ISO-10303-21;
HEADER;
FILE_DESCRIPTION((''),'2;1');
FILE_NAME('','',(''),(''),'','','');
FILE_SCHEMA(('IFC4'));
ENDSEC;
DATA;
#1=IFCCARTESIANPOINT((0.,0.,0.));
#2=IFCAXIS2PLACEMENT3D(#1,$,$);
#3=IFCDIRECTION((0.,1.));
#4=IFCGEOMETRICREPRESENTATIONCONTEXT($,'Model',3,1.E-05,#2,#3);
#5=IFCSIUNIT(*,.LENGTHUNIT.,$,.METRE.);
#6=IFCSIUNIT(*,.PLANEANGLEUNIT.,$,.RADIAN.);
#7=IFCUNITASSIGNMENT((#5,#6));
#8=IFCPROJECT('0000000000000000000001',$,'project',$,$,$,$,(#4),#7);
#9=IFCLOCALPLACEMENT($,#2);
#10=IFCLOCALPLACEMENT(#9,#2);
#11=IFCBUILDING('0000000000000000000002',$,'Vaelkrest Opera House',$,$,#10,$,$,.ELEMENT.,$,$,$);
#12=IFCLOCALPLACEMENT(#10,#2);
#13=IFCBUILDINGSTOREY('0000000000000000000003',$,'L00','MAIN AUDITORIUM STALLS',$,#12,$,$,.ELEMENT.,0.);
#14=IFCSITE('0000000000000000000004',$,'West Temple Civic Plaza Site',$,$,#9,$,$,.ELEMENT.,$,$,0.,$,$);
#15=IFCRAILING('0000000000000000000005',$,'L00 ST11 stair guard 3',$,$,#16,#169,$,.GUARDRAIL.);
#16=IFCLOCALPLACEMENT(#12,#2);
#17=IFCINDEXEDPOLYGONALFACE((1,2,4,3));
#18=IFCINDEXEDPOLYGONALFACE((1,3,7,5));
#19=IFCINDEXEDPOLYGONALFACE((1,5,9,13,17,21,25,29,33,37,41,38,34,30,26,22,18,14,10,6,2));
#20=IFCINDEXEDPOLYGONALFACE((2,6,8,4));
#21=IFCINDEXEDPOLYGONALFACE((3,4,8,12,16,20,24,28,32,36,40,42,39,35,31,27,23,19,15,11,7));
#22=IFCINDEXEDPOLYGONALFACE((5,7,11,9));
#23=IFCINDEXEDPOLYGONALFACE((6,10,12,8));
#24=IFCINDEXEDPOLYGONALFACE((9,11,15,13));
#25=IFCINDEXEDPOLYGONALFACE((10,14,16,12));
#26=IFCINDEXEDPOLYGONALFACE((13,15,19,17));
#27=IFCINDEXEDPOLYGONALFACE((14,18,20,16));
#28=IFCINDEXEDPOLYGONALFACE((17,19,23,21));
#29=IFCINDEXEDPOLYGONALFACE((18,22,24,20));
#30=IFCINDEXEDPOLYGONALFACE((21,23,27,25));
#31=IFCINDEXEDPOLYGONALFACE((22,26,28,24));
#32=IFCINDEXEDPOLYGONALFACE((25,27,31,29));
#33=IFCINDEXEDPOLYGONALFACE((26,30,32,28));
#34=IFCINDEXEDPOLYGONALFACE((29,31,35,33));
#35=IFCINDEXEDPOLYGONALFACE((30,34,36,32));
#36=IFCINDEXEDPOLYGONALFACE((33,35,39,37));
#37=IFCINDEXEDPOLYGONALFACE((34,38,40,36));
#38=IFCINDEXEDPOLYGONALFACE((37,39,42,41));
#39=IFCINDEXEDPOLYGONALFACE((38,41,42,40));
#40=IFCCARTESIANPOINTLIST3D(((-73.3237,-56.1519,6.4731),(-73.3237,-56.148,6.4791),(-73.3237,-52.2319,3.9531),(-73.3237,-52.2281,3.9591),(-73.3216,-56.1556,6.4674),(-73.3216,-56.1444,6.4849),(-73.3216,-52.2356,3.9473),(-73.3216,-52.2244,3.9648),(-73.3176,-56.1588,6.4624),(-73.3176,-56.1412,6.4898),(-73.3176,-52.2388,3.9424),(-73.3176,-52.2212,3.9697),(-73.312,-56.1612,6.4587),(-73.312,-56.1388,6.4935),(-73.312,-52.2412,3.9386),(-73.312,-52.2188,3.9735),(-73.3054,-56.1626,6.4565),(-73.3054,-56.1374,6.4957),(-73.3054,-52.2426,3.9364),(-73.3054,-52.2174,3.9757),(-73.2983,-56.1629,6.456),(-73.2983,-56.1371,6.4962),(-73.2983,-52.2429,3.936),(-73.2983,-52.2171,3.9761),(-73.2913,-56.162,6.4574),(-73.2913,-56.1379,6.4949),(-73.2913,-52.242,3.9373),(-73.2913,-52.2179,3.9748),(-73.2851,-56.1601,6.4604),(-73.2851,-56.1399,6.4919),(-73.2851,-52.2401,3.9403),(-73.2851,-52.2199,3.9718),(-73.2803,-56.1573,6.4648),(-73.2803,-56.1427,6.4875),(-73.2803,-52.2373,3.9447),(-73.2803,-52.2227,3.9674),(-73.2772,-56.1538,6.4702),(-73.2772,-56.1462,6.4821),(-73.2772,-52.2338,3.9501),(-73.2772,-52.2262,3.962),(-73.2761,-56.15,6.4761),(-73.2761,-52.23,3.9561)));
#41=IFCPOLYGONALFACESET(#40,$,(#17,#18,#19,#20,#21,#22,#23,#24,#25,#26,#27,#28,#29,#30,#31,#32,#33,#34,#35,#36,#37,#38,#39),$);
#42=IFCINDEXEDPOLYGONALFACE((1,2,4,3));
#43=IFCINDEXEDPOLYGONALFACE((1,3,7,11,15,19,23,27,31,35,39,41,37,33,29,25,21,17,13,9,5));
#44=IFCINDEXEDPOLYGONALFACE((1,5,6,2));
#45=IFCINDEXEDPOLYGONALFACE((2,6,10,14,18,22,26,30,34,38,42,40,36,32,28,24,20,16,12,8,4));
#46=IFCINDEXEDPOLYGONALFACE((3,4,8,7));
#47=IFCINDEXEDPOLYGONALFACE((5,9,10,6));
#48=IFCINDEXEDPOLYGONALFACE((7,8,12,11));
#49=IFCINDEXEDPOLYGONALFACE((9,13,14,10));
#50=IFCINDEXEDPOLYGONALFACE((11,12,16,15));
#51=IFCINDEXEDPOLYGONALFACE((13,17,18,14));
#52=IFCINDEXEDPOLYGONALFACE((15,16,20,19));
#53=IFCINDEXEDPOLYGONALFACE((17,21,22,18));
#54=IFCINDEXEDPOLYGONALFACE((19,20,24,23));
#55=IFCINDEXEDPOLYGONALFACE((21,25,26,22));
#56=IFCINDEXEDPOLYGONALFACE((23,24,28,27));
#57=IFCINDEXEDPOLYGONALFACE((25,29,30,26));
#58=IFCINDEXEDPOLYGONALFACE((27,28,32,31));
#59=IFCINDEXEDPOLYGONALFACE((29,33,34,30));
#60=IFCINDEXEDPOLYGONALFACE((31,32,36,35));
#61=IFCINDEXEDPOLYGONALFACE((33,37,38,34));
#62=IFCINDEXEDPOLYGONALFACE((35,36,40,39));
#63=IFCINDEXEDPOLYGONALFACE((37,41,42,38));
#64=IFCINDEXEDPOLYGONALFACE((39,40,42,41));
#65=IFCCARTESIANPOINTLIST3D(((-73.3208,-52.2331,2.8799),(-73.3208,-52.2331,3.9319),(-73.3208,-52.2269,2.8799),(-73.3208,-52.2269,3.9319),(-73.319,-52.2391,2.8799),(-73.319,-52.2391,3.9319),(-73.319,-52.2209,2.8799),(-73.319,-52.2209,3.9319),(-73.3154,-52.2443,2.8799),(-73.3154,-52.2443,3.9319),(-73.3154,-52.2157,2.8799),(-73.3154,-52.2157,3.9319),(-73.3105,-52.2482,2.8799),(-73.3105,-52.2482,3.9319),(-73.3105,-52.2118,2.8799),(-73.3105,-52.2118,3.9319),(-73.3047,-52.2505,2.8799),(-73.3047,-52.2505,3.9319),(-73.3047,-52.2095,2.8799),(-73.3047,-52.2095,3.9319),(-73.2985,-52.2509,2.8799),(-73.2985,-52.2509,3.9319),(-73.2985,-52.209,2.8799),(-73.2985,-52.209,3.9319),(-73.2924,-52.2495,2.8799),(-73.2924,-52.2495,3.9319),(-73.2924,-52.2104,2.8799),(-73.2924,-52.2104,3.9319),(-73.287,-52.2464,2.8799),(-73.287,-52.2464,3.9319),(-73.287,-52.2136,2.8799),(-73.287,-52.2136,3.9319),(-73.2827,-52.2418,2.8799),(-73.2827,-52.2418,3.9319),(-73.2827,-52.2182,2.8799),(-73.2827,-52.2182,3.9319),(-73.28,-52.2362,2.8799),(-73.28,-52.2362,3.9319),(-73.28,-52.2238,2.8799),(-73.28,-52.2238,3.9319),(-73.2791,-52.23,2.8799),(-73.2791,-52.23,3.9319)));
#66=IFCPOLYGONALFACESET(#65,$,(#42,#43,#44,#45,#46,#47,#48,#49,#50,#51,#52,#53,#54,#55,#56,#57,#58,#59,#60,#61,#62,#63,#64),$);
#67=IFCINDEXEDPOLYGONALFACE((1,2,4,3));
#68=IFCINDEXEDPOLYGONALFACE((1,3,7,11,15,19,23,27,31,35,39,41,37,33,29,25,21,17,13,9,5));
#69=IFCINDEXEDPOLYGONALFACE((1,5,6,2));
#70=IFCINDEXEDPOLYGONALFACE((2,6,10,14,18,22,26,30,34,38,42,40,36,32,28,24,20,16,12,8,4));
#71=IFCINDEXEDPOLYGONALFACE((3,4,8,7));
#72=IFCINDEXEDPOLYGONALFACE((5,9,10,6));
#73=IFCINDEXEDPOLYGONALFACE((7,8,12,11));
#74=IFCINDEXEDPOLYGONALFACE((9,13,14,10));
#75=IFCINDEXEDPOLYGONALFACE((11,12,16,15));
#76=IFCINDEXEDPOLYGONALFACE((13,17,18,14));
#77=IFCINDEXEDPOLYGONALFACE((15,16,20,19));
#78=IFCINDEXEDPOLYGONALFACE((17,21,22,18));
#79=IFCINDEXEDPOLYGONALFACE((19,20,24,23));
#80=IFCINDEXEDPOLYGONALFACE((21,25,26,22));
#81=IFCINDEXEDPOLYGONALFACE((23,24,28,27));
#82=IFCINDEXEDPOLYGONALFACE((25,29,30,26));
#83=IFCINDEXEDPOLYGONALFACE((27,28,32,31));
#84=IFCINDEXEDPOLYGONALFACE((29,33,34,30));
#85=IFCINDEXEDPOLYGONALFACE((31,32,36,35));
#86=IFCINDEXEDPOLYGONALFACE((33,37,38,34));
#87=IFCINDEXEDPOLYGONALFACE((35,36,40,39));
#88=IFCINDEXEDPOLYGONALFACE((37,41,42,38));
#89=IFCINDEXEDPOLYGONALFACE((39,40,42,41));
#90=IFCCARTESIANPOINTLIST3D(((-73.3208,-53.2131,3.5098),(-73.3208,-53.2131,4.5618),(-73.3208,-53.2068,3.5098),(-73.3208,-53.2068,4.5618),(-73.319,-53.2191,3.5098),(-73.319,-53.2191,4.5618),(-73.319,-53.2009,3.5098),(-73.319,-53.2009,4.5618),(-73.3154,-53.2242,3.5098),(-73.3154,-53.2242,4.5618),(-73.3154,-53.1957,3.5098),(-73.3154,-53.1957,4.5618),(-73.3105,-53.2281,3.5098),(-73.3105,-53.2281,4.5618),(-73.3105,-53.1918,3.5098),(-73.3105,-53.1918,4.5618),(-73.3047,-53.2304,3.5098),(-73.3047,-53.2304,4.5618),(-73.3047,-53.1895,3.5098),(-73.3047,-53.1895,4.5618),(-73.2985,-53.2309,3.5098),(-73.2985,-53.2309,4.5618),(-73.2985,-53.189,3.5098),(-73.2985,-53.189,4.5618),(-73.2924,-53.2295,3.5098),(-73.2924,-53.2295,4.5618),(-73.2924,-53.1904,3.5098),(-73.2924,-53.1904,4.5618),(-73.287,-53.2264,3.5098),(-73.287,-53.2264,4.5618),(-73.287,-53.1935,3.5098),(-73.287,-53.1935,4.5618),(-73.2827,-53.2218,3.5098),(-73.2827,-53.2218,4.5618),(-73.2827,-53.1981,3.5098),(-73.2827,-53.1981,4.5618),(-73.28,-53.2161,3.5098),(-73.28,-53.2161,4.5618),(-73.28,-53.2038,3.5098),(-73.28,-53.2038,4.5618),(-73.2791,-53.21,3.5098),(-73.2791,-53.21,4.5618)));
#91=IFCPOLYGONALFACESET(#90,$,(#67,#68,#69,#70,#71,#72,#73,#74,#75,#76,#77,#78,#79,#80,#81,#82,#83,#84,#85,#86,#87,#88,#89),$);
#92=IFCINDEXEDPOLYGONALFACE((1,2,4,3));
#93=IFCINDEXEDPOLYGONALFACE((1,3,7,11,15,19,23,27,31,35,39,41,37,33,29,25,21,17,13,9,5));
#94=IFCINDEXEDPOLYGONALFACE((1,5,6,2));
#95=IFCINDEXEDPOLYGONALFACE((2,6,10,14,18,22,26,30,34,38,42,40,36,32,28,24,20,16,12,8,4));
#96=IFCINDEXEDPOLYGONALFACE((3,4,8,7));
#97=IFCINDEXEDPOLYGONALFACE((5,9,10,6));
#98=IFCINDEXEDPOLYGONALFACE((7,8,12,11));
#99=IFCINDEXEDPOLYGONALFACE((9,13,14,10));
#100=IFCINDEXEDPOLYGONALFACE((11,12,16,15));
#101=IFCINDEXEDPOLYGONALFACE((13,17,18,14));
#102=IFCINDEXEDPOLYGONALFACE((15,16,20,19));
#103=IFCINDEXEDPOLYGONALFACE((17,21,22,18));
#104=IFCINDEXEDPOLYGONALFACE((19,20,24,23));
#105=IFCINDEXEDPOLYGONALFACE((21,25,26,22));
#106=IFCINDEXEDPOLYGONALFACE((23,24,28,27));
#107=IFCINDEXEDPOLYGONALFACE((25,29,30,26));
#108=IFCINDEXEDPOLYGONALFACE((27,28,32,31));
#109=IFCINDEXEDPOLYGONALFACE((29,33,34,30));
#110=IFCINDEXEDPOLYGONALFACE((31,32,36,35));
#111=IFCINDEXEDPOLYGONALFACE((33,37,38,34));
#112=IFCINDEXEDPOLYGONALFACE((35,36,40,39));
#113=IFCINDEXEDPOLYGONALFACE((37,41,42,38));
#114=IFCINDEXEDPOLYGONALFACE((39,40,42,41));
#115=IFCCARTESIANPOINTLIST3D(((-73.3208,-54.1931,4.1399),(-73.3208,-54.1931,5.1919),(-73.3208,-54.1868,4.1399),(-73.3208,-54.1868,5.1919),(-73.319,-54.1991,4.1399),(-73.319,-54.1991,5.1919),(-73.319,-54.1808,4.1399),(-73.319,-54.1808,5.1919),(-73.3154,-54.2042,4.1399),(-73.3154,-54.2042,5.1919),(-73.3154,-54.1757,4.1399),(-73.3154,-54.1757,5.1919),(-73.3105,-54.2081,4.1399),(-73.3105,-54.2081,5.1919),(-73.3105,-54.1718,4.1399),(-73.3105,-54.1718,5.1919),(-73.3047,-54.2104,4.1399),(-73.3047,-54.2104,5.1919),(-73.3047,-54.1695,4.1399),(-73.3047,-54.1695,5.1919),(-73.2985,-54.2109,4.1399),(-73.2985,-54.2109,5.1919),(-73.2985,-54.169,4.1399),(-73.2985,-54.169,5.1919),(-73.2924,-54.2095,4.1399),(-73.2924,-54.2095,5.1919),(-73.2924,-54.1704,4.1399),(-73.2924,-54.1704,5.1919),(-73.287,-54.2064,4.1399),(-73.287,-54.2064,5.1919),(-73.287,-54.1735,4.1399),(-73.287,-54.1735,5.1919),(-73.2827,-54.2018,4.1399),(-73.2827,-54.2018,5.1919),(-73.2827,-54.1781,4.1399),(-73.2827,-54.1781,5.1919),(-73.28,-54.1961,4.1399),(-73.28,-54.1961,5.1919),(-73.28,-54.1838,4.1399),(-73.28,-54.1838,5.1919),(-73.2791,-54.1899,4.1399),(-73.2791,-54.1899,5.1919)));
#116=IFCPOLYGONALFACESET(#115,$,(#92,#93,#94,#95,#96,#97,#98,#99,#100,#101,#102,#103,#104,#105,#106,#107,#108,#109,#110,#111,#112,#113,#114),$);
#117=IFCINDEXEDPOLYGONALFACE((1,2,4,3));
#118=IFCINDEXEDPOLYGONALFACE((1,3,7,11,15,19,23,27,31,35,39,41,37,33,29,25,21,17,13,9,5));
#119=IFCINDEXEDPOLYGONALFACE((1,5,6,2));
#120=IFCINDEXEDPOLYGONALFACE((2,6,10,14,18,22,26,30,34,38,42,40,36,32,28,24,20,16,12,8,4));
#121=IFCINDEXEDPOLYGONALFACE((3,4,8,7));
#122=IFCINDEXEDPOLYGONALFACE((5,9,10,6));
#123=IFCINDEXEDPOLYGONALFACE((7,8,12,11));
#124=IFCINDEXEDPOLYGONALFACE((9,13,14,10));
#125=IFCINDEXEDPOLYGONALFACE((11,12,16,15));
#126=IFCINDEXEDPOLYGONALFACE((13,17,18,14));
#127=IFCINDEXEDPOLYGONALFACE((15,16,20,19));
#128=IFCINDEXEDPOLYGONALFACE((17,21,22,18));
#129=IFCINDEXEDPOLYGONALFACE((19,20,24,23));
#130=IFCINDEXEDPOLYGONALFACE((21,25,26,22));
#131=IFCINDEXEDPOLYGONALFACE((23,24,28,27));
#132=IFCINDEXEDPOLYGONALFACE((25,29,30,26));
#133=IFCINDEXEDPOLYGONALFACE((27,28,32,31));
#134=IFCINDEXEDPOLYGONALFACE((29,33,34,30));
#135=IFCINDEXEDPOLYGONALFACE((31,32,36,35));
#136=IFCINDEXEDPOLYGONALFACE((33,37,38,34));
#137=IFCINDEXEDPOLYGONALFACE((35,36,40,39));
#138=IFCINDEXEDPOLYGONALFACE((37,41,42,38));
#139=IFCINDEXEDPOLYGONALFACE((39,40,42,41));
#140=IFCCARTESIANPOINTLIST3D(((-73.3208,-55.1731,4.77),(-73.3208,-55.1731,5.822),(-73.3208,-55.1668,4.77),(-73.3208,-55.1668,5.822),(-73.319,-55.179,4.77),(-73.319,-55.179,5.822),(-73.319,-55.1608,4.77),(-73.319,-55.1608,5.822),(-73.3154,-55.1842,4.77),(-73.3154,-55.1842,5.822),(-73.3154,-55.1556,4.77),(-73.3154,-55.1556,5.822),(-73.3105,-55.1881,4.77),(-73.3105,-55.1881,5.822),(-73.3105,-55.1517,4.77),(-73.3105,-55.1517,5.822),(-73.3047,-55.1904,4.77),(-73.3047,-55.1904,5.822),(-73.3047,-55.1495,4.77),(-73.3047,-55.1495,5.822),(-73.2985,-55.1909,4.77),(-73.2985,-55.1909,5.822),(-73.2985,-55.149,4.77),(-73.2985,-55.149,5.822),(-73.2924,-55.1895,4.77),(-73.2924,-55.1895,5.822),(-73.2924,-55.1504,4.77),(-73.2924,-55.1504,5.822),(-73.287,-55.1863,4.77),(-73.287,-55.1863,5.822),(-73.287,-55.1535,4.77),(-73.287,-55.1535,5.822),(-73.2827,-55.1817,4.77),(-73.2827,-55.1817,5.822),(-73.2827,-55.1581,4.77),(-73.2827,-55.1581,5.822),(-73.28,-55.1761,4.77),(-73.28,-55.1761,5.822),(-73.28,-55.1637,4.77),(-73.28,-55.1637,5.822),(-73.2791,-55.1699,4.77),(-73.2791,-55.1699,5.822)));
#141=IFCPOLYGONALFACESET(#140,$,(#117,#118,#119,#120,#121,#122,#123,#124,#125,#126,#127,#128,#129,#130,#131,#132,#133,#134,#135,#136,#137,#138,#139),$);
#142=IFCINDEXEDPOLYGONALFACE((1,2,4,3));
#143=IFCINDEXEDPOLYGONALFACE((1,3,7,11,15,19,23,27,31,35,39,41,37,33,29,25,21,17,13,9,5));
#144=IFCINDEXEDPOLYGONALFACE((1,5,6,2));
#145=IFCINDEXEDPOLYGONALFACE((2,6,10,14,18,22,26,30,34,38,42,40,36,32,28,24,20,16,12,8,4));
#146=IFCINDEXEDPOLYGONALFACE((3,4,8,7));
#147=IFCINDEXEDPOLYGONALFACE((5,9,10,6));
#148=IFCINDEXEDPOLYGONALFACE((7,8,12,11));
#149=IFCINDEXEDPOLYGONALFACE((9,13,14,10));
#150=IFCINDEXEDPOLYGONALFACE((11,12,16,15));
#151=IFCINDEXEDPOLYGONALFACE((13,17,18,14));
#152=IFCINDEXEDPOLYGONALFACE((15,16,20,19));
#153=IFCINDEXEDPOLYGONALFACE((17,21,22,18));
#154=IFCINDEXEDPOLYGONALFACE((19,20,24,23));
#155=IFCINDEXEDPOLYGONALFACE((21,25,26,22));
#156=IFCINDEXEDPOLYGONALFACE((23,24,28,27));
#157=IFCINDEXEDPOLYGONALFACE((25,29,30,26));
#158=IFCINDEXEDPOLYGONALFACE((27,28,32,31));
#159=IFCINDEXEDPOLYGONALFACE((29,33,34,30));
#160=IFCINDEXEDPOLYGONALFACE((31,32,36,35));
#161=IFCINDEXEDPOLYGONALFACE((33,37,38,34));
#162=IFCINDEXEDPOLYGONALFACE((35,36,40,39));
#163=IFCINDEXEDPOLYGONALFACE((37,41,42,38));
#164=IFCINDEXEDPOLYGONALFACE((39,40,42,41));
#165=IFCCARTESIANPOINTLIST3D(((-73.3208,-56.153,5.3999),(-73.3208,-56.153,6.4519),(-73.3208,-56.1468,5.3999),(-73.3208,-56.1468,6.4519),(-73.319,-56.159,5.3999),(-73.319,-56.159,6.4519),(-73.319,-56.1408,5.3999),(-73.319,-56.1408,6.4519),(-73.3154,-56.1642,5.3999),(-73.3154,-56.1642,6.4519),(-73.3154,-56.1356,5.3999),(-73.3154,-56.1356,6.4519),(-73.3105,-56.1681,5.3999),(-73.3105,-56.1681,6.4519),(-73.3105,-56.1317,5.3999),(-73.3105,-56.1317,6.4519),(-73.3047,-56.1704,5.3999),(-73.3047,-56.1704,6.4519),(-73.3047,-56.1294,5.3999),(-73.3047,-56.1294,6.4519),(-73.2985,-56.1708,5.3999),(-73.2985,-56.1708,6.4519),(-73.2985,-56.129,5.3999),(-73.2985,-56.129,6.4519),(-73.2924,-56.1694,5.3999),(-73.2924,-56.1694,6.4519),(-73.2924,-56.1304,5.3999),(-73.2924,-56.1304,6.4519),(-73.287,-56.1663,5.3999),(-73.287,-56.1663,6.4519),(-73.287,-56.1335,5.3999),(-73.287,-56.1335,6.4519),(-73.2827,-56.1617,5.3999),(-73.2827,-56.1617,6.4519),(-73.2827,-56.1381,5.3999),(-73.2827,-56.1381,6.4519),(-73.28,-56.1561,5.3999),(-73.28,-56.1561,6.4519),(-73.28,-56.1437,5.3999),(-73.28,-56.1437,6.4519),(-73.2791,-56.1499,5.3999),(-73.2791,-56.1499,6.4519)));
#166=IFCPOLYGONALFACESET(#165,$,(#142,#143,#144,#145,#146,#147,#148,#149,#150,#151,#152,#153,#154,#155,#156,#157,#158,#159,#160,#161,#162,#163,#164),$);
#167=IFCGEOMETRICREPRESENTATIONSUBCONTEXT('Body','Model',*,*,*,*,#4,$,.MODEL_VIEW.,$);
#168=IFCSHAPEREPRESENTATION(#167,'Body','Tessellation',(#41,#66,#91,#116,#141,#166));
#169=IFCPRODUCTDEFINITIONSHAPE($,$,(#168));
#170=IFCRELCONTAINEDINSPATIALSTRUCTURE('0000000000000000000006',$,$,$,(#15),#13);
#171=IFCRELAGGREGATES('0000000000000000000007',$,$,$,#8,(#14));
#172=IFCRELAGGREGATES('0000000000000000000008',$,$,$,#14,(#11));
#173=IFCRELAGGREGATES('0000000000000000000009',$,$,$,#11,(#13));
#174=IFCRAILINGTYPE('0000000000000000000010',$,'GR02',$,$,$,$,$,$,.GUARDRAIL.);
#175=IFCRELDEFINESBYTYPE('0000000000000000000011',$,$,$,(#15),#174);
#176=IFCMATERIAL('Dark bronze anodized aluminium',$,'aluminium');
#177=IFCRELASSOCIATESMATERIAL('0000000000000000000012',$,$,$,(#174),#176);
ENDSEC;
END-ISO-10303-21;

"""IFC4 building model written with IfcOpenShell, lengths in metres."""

from ifc_helpers import new_model, si_unit, direction, frame, origin, origin_2d, place, context, subcontext, project, spatial, circle, extrude, material, type_object, element, save


model = new_model("IFC4")

# Units and contexts
model_context = context("Model", 3, precision=1e-05, world=origin(), true_north=direction((0.0, 1.0)))
body_context = subcontext(model_context, "Body", "Model", "MODEL_VIEW")
ifc_project = project(units=[si_unit("LENGTHUNIT", "METRE"), si_unit("PLANEANGLEUNIT", "RADIAN")], contexts=[model_context])

# Site, building, storey
site_placement = place(None, origin())
site = spatial("IfcSite", under=ifc_project, at=site_placement, Name="West Temple Civic Plaza Site", CompositionType="ELEMENT", RefElevation=0.0)
building_placement = place(site_placement, origin())
building = spatial("IfcBuilding", under=site, at=building_placement, Name="Vaelkrest Opera House", CompositionType="ELEMENT")
storey_placement = place(building_placement, origin())
storey = spatial("IfcBuildingStorey", under=building, at=storey_placement, Name="L00", Description="MAIN AUDITORIUM STALLS", CompositionType="ELEMENT", Elevation=0.0)

# Shared definitions
ifc_material_1 = material(Name="Dark bronze anodized aluminium", Category="aluminium")

# Railing
railing_type_1 = type_object("IfcRailingType", Name="GR02", PredefinedType="GUARDRAIL", material=ifc_material_1)
railing_1_placement = place(storey_placement, frame((-73.3, -52.23, 2.8799)))
element("IfcRailing", 1, at=railing_1_placement, inside=storey, type_object=railing_type_1, Name="L00 ST11 stair guard 3", PredefinedType="GUARDRAIL", context=body_context, shape_type="SweptSolid", body=[
    extrude(circle(Radius=0.0239, at=origin_2d()), frame((0.0, 0.0, 1.0762), z_axis=(0.0, -0.841172, 0.540768), x_axis=(1.0, 0.0, 0.0)), (0.0, 0.0, 1.0), 4.6602),
    extrude(circle(Radius=0.021, at=origin_2d()), origin(), (0.0, 0.0, 1.0), 1.052),
    extrude(circle(Radius=0.021, at=origin_2d()), frame((0.0, -0.98, 0.6299)), (0.0, 0.0, 1.0), 1.052),
    extrude(circle(Radius=0.021, at=origin_2d()), frame((0.0, -1.96, 1.26)), (0.0, 0.0, 1.0), 1.052),
    extrude(circle(Radius=0.021, at=origin_2d()), frame((0.0, -2.9399, 1.8901)), (0.0, 0.0, 1.0), 1.052),
    extrude(circle(Radius=0.021, at=origin_2d()), frame((0.0, -3.9199, 2.52)), (0.0, 0.0, 1.0), 1.052),
])

save(model, "model.ifc")
